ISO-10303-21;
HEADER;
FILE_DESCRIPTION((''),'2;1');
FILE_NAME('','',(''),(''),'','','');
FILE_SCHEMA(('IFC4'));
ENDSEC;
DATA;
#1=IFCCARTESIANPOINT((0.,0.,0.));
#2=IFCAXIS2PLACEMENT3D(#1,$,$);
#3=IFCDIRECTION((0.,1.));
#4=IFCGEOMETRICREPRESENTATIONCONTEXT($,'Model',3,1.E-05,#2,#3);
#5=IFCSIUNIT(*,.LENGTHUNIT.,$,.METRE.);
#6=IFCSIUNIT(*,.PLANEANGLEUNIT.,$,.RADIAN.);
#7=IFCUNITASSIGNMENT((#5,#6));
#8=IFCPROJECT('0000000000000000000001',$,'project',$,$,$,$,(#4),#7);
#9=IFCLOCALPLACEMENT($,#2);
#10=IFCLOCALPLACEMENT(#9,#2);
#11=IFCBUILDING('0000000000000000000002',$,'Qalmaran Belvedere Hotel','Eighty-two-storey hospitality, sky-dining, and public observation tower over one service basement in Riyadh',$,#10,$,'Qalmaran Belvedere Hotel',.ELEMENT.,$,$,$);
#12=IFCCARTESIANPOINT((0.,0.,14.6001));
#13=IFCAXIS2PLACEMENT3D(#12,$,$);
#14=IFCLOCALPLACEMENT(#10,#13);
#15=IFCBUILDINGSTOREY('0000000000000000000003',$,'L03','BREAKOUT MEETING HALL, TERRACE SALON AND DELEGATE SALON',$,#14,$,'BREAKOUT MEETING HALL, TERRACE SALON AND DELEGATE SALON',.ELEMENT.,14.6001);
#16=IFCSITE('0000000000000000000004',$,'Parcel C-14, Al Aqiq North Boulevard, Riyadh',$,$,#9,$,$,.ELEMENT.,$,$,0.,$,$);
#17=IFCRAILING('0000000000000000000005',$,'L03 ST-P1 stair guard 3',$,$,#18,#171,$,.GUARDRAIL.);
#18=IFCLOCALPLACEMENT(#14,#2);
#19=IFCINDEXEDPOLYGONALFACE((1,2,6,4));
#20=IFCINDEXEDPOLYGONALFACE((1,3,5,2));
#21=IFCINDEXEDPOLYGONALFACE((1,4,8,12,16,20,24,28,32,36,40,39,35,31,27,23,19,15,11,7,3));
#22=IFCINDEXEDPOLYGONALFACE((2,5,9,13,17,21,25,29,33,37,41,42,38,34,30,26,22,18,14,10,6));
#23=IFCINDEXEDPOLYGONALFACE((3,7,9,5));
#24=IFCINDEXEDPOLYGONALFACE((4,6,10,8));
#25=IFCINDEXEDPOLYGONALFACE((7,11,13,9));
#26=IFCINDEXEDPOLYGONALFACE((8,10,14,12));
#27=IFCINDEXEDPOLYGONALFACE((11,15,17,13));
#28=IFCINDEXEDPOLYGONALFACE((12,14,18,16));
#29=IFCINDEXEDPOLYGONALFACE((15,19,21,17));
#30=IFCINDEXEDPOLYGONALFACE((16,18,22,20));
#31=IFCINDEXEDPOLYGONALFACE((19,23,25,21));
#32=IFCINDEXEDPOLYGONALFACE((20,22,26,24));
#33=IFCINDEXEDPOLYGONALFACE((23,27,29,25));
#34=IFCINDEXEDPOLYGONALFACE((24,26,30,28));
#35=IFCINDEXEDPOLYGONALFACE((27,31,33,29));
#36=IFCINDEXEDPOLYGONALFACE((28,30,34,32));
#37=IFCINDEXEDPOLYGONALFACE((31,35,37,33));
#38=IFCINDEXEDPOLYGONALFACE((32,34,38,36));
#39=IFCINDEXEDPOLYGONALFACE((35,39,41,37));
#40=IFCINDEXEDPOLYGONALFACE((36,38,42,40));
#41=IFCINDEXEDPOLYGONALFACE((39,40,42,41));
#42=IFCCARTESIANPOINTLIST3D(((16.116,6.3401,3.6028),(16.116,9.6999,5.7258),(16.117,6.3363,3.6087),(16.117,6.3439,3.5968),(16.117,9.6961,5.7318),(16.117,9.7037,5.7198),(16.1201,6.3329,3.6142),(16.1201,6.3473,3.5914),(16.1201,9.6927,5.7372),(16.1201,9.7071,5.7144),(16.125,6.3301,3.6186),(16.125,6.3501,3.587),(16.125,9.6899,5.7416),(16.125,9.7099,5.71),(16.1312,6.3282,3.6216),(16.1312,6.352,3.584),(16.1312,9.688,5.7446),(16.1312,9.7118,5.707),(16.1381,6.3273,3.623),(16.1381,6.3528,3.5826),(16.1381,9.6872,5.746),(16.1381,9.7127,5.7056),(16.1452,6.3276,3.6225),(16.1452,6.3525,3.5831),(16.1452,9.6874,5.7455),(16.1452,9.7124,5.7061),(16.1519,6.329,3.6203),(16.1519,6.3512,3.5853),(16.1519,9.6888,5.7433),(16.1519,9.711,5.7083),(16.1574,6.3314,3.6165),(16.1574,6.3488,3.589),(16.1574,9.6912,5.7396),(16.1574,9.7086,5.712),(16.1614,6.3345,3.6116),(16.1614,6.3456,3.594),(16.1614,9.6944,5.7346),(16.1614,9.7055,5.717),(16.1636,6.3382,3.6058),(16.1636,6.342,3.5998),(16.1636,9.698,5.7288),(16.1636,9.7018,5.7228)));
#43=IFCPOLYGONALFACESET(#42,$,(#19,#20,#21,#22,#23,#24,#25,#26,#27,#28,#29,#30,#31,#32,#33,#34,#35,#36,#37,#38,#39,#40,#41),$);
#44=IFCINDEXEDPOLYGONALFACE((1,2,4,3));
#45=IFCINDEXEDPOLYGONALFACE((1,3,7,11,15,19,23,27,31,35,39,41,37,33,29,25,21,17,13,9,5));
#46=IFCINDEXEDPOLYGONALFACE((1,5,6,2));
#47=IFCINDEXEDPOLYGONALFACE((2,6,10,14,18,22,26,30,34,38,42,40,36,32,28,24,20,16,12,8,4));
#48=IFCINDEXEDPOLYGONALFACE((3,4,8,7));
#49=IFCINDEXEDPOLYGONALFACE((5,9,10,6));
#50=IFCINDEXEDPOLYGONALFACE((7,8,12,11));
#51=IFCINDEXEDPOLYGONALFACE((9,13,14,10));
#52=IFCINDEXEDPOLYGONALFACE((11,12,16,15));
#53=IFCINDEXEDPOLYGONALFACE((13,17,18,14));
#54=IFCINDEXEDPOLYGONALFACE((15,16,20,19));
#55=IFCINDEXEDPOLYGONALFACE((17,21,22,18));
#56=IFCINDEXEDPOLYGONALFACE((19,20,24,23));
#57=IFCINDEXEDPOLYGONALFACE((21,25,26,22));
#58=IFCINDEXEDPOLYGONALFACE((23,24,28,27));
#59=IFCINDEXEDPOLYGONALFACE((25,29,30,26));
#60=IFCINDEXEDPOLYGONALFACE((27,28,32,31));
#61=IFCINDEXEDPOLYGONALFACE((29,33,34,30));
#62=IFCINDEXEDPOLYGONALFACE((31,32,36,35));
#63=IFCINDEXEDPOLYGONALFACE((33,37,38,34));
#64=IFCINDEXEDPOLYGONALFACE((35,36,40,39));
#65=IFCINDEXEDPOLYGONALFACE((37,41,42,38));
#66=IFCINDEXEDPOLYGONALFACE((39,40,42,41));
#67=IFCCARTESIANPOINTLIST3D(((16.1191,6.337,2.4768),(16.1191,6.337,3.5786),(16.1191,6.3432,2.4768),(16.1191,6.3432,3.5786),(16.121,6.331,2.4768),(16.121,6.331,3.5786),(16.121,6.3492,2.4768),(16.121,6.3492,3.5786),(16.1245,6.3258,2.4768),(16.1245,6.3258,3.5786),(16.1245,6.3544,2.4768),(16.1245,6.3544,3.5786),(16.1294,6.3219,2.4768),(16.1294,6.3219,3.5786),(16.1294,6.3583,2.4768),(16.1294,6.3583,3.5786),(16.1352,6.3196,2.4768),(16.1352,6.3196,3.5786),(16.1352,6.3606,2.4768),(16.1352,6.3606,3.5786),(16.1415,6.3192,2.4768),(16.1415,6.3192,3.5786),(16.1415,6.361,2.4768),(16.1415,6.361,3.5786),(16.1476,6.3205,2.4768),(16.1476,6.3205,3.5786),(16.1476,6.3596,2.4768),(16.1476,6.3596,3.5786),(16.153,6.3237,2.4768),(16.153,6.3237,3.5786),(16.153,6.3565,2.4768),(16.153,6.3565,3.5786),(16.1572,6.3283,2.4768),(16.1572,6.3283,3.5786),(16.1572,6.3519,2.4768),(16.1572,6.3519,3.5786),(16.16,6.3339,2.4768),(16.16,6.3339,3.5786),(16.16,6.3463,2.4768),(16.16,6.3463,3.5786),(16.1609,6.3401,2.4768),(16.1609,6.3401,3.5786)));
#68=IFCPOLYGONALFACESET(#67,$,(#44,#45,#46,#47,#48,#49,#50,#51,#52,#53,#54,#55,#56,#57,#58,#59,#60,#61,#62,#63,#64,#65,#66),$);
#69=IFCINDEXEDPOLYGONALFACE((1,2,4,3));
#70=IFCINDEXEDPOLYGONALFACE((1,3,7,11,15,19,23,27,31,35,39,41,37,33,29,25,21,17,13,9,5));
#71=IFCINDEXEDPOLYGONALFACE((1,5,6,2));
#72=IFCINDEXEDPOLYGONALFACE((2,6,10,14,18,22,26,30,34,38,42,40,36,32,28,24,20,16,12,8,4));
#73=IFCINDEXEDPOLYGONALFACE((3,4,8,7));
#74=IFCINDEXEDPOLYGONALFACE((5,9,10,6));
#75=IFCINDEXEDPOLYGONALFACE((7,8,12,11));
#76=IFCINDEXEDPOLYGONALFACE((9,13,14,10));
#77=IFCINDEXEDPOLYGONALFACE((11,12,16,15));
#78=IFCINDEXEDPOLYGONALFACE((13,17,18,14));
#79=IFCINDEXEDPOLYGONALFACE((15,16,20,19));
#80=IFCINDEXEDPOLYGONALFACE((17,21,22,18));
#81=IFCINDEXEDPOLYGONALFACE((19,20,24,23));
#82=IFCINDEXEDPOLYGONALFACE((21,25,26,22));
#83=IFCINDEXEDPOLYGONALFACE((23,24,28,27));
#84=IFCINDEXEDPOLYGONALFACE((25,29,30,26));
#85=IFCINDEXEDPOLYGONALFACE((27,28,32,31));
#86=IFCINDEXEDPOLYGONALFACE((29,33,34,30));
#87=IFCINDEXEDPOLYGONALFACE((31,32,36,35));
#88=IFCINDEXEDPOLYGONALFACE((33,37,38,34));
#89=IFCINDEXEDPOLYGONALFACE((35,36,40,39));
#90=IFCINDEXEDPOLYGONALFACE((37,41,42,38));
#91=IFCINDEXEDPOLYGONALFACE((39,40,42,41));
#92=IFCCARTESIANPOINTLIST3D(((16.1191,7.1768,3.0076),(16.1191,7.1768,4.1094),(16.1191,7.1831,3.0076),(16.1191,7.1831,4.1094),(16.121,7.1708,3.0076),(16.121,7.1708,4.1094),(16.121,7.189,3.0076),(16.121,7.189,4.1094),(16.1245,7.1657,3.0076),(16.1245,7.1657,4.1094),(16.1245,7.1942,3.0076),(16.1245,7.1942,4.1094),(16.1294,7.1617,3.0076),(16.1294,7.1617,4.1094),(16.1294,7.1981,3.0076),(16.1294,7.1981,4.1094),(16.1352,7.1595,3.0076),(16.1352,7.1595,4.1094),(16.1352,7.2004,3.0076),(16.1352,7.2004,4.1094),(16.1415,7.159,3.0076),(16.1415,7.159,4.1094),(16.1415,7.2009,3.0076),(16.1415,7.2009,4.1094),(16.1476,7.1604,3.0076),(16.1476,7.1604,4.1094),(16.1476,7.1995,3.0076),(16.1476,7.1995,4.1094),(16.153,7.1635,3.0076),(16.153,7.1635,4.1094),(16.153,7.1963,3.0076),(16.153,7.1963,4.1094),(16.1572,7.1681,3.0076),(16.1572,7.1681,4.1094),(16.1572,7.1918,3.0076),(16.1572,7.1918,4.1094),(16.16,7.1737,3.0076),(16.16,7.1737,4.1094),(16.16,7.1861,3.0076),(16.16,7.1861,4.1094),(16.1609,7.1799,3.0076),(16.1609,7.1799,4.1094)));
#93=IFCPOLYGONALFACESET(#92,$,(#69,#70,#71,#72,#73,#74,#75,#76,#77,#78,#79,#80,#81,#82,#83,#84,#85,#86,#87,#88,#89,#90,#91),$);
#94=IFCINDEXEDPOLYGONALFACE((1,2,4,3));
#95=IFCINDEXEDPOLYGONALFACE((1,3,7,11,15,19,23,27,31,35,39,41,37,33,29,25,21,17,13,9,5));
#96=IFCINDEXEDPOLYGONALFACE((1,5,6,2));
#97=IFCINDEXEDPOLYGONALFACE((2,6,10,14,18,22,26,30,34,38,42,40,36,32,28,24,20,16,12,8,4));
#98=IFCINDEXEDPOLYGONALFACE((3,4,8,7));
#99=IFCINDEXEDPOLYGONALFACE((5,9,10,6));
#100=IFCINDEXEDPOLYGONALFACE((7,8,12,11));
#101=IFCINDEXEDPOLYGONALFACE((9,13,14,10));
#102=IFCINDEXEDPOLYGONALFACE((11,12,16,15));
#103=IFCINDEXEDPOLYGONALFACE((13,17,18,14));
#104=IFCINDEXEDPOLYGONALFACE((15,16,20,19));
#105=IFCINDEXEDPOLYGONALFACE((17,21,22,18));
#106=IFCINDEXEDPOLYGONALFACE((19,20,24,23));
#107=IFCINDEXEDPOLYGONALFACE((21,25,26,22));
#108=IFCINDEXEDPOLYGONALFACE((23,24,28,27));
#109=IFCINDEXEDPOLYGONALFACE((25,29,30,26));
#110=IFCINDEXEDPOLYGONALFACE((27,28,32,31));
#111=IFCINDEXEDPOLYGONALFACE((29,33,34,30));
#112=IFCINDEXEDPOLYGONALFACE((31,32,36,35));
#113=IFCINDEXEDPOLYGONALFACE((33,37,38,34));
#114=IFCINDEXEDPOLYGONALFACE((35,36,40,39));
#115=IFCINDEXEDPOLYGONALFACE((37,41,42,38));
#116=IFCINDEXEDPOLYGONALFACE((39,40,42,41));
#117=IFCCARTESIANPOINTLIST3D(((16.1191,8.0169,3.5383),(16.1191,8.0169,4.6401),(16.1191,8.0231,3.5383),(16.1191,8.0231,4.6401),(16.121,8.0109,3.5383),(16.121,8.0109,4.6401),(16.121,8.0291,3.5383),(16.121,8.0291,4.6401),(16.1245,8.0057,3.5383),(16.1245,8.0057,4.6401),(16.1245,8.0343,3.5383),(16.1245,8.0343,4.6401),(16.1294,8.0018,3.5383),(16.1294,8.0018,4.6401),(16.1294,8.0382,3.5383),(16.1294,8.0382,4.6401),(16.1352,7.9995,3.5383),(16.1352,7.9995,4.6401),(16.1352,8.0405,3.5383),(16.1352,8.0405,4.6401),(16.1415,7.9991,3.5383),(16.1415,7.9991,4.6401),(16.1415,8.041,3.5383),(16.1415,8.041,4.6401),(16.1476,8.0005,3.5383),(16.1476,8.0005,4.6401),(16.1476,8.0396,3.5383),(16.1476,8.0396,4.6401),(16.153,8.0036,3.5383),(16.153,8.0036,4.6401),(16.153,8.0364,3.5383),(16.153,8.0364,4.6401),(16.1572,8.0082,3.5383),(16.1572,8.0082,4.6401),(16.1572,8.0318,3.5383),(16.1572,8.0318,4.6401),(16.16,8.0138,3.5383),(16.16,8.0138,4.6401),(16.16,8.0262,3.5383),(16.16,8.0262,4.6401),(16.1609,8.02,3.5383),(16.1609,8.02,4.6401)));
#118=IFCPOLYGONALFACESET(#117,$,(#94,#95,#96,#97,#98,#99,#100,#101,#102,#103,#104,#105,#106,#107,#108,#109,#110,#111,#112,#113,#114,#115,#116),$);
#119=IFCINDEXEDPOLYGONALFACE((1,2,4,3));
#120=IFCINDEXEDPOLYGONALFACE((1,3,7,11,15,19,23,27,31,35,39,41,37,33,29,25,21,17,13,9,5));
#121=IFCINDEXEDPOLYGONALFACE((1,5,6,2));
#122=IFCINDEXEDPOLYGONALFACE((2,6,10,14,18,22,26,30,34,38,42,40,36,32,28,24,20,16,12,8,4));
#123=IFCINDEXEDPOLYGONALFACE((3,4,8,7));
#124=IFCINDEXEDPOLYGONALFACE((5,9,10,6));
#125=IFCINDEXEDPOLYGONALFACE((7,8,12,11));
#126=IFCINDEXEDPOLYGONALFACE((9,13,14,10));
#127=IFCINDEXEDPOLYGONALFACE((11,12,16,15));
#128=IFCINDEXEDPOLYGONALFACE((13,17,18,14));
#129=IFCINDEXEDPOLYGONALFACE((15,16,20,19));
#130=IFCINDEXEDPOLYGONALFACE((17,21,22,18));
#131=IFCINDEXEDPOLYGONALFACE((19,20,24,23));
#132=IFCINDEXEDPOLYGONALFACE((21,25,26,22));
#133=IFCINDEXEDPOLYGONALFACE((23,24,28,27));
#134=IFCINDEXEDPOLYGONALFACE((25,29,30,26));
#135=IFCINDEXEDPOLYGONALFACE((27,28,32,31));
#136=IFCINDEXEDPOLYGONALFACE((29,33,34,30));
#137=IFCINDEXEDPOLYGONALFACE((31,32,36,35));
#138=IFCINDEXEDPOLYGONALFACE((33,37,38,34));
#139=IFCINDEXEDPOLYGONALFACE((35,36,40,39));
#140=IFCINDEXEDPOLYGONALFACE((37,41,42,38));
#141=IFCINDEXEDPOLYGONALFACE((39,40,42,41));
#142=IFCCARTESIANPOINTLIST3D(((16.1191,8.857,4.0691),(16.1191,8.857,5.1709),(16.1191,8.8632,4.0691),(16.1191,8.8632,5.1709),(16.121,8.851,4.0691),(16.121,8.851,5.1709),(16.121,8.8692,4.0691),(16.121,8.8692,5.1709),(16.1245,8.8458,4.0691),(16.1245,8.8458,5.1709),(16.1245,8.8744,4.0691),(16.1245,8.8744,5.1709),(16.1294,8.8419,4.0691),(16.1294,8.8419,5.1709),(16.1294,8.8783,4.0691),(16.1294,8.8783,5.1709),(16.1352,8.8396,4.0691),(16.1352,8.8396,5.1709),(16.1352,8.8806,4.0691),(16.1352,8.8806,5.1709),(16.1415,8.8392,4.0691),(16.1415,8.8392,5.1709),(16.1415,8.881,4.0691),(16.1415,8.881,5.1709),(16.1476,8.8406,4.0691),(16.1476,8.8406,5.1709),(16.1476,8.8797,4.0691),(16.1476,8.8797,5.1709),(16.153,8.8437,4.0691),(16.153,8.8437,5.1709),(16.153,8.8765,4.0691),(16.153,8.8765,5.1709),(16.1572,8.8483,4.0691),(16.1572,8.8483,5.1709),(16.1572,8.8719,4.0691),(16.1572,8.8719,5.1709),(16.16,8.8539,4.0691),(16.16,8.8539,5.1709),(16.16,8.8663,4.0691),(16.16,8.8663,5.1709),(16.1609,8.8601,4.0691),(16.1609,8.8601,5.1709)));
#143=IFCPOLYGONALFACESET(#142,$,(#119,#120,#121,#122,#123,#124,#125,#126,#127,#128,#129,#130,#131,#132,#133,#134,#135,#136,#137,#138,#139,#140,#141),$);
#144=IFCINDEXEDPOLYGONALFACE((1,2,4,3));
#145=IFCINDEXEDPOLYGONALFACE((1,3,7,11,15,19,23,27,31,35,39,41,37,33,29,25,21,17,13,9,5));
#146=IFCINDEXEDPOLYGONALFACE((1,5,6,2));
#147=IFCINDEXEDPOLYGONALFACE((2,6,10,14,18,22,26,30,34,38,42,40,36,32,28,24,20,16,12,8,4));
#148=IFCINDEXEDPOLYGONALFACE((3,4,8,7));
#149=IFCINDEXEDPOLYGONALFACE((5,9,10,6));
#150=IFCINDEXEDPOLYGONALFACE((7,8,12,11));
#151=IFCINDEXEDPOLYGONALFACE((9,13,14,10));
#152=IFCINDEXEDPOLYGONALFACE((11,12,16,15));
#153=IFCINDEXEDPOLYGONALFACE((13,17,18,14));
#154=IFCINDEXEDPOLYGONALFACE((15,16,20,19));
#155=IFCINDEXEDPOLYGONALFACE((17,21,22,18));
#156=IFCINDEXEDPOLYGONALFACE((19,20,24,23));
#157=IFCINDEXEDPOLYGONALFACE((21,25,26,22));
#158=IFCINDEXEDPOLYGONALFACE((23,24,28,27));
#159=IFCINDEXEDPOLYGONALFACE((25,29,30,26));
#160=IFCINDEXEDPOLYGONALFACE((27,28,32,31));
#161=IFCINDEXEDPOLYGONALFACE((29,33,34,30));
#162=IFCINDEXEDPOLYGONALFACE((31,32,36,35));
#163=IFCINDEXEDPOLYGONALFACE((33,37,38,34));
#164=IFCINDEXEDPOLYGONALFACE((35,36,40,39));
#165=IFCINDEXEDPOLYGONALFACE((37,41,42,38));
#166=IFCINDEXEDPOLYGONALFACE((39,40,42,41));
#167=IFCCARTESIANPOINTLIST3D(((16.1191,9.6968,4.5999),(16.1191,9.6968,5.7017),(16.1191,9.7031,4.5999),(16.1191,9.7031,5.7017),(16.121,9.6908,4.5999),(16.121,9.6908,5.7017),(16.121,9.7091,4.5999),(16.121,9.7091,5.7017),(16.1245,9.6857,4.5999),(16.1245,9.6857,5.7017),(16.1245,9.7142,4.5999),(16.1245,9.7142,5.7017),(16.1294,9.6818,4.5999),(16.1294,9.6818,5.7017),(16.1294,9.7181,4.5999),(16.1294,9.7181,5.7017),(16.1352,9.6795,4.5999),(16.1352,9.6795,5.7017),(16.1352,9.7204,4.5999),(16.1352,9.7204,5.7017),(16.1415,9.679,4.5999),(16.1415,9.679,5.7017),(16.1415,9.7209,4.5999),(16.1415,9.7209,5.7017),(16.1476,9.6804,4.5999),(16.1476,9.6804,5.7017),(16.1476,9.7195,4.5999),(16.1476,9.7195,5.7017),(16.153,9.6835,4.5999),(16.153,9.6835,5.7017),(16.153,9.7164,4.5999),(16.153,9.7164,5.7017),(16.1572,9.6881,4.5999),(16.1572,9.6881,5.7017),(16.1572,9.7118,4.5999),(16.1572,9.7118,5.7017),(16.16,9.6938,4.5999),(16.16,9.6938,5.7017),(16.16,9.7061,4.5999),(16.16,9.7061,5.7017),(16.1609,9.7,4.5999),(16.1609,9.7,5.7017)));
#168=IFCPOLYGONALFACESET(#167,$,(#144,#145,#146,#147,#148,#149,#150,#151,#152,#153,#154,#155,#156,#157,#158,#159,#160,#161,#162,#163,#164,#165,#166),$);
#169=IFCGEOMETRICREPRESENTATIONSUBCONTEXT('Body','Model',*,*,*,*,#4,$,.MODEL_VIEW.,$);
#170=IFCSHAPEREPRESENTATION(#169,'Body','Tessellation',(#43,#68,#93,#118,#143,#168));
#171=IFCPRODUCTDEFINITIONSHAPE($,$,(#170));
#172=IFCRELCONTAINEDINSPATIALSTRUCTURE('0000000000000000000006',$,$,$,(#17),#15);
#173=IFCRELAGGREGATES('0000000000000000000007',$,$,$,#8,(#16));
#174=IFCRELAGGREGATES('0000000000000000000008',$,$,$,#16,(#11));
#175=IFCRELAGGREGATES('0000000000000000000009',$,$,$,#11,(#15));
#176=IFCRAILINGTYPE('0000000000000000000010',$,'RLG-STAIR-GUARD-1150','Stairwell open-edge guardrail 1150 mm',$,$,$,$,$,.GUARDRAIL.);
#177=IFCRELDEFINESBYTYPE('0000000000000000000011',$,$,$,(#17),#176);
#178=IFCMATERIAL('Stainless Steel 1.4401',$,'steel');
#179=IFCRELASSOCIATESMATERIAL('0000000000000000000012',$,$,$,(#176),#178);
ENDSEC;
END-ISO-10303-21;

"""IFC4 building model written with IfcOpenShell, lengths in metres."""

from ifc_helpers import new_model, si_unit, direction, frame, origin, origin_2d, place, context, subcontext, project, spatial, circle, extrude, material, type_object, element, save


model = new_model("IFC4")

# Units and contexts
model_context = context("Model", 3, precision=1e-05, world=origin(), true_north=direction((0.0, 1.0)))
body_context = subcontext(model_context, "Body", "Model", "MODEL_VIEW")
ifc_project = project(units=[si_unit("LENGTHUNIT", "METRE"), si_unit("PLANEANGLEUNIT", "RADIAN")], contexts=[model_context])

# Site, building, storey
site_placement = place(None, origin())
site = spatial("IfcSite", under=ifc_project, at=site_placement, Name="Parcel C-14, Al Aqiq North Boulevard, Riyadh", CompositionType="ELEMENT", RefElevation=0.0)
building_placement = place(site_placement, origin())
building = spatial("IfcBuilding", under=site, at=building_placement, Name="Qalmaran Belvedere Hotel", Description="Eighty-two-storey hospitality, sky-dining, and public observation tower over one service basement in Riyadh", LongName="Qalmaran Belvedere Hotel", CompositionType="ELEMENT")
storey_placement = place(building_placement, frame((0.0, 0.0, 14.6001)))
storey = spatial("IfcBuildingStorey", under=building, at=storey_placement, Name="L03", Description="BREAKOUT MEETING HALL, TERRACE SALON AND DELEGATE SALON", LongName="BREAKOUT MEETING HALL, TERRACE SALON AND DELEGATE SALON", CompositionType="ELEMENT", Elevation=14.6001)

# Railing
ifc_material_1 = material(Name="Stainless Steel 1.4401", Category="steel")
railing_type_1 = type_object("IfcRailingType", Name="RLG-STAIR-GUARD-1150", Description="Stairwell open-edge guardrail 1150 mm", PredefinedType="GUARDRAIL", material=ifc_material_1)
railing_1_placement = place(storey_placement, frame((16.1399, 6.3401, 2.4768)))
element("IfcRailing", 1, at=railing_1_placement, inside=storey, type_object=railing_type_1, Name="L03 ST-P1 stair guard 3", PredefinedType="GUARDRAIL", context=body_context, shape_type="SweptSolid", body=[
    extrude(circle(Radius=0.0239, at=origin_2d()), frame((0.0, 0.0, 1.126), z_axis=(0.0, 0.845372, 0.534178), x_axis=(-1.0, 0.0, 0.0)), (0.0, 0.0, 1.0), 3.9744),
    extrude(circle(Radius=0.021, at=origin_2d()), origin(), (0.0, 0.0, 1.0), 1.1018),
    extrude(circle(Radius=0.021, at=origin_2d()), frame((0.0, 0.8398, 0.5308)), (0.0, 0.0, 1.0), 1.1018),
    extrude(circle(Radius=0.021, at=origin_2d()), frame((0.0, 1.6799, 1.0615)), (0.0, 0.0, 1.0), 1.1018),
    extrude(circle(Radius=0.021, at=origin_2d()), frame((0.0, 2.52, 1.5923)), (0.0, 0.0, 1.0), 1.1018),
    extrude(circle(Radius=0.021, at=origin_2d()), frame((0.0, 3.3599, 2.123)), (0.0, 0.0, 1.0), 1.1018),
])

save(model, "model.ifc")
